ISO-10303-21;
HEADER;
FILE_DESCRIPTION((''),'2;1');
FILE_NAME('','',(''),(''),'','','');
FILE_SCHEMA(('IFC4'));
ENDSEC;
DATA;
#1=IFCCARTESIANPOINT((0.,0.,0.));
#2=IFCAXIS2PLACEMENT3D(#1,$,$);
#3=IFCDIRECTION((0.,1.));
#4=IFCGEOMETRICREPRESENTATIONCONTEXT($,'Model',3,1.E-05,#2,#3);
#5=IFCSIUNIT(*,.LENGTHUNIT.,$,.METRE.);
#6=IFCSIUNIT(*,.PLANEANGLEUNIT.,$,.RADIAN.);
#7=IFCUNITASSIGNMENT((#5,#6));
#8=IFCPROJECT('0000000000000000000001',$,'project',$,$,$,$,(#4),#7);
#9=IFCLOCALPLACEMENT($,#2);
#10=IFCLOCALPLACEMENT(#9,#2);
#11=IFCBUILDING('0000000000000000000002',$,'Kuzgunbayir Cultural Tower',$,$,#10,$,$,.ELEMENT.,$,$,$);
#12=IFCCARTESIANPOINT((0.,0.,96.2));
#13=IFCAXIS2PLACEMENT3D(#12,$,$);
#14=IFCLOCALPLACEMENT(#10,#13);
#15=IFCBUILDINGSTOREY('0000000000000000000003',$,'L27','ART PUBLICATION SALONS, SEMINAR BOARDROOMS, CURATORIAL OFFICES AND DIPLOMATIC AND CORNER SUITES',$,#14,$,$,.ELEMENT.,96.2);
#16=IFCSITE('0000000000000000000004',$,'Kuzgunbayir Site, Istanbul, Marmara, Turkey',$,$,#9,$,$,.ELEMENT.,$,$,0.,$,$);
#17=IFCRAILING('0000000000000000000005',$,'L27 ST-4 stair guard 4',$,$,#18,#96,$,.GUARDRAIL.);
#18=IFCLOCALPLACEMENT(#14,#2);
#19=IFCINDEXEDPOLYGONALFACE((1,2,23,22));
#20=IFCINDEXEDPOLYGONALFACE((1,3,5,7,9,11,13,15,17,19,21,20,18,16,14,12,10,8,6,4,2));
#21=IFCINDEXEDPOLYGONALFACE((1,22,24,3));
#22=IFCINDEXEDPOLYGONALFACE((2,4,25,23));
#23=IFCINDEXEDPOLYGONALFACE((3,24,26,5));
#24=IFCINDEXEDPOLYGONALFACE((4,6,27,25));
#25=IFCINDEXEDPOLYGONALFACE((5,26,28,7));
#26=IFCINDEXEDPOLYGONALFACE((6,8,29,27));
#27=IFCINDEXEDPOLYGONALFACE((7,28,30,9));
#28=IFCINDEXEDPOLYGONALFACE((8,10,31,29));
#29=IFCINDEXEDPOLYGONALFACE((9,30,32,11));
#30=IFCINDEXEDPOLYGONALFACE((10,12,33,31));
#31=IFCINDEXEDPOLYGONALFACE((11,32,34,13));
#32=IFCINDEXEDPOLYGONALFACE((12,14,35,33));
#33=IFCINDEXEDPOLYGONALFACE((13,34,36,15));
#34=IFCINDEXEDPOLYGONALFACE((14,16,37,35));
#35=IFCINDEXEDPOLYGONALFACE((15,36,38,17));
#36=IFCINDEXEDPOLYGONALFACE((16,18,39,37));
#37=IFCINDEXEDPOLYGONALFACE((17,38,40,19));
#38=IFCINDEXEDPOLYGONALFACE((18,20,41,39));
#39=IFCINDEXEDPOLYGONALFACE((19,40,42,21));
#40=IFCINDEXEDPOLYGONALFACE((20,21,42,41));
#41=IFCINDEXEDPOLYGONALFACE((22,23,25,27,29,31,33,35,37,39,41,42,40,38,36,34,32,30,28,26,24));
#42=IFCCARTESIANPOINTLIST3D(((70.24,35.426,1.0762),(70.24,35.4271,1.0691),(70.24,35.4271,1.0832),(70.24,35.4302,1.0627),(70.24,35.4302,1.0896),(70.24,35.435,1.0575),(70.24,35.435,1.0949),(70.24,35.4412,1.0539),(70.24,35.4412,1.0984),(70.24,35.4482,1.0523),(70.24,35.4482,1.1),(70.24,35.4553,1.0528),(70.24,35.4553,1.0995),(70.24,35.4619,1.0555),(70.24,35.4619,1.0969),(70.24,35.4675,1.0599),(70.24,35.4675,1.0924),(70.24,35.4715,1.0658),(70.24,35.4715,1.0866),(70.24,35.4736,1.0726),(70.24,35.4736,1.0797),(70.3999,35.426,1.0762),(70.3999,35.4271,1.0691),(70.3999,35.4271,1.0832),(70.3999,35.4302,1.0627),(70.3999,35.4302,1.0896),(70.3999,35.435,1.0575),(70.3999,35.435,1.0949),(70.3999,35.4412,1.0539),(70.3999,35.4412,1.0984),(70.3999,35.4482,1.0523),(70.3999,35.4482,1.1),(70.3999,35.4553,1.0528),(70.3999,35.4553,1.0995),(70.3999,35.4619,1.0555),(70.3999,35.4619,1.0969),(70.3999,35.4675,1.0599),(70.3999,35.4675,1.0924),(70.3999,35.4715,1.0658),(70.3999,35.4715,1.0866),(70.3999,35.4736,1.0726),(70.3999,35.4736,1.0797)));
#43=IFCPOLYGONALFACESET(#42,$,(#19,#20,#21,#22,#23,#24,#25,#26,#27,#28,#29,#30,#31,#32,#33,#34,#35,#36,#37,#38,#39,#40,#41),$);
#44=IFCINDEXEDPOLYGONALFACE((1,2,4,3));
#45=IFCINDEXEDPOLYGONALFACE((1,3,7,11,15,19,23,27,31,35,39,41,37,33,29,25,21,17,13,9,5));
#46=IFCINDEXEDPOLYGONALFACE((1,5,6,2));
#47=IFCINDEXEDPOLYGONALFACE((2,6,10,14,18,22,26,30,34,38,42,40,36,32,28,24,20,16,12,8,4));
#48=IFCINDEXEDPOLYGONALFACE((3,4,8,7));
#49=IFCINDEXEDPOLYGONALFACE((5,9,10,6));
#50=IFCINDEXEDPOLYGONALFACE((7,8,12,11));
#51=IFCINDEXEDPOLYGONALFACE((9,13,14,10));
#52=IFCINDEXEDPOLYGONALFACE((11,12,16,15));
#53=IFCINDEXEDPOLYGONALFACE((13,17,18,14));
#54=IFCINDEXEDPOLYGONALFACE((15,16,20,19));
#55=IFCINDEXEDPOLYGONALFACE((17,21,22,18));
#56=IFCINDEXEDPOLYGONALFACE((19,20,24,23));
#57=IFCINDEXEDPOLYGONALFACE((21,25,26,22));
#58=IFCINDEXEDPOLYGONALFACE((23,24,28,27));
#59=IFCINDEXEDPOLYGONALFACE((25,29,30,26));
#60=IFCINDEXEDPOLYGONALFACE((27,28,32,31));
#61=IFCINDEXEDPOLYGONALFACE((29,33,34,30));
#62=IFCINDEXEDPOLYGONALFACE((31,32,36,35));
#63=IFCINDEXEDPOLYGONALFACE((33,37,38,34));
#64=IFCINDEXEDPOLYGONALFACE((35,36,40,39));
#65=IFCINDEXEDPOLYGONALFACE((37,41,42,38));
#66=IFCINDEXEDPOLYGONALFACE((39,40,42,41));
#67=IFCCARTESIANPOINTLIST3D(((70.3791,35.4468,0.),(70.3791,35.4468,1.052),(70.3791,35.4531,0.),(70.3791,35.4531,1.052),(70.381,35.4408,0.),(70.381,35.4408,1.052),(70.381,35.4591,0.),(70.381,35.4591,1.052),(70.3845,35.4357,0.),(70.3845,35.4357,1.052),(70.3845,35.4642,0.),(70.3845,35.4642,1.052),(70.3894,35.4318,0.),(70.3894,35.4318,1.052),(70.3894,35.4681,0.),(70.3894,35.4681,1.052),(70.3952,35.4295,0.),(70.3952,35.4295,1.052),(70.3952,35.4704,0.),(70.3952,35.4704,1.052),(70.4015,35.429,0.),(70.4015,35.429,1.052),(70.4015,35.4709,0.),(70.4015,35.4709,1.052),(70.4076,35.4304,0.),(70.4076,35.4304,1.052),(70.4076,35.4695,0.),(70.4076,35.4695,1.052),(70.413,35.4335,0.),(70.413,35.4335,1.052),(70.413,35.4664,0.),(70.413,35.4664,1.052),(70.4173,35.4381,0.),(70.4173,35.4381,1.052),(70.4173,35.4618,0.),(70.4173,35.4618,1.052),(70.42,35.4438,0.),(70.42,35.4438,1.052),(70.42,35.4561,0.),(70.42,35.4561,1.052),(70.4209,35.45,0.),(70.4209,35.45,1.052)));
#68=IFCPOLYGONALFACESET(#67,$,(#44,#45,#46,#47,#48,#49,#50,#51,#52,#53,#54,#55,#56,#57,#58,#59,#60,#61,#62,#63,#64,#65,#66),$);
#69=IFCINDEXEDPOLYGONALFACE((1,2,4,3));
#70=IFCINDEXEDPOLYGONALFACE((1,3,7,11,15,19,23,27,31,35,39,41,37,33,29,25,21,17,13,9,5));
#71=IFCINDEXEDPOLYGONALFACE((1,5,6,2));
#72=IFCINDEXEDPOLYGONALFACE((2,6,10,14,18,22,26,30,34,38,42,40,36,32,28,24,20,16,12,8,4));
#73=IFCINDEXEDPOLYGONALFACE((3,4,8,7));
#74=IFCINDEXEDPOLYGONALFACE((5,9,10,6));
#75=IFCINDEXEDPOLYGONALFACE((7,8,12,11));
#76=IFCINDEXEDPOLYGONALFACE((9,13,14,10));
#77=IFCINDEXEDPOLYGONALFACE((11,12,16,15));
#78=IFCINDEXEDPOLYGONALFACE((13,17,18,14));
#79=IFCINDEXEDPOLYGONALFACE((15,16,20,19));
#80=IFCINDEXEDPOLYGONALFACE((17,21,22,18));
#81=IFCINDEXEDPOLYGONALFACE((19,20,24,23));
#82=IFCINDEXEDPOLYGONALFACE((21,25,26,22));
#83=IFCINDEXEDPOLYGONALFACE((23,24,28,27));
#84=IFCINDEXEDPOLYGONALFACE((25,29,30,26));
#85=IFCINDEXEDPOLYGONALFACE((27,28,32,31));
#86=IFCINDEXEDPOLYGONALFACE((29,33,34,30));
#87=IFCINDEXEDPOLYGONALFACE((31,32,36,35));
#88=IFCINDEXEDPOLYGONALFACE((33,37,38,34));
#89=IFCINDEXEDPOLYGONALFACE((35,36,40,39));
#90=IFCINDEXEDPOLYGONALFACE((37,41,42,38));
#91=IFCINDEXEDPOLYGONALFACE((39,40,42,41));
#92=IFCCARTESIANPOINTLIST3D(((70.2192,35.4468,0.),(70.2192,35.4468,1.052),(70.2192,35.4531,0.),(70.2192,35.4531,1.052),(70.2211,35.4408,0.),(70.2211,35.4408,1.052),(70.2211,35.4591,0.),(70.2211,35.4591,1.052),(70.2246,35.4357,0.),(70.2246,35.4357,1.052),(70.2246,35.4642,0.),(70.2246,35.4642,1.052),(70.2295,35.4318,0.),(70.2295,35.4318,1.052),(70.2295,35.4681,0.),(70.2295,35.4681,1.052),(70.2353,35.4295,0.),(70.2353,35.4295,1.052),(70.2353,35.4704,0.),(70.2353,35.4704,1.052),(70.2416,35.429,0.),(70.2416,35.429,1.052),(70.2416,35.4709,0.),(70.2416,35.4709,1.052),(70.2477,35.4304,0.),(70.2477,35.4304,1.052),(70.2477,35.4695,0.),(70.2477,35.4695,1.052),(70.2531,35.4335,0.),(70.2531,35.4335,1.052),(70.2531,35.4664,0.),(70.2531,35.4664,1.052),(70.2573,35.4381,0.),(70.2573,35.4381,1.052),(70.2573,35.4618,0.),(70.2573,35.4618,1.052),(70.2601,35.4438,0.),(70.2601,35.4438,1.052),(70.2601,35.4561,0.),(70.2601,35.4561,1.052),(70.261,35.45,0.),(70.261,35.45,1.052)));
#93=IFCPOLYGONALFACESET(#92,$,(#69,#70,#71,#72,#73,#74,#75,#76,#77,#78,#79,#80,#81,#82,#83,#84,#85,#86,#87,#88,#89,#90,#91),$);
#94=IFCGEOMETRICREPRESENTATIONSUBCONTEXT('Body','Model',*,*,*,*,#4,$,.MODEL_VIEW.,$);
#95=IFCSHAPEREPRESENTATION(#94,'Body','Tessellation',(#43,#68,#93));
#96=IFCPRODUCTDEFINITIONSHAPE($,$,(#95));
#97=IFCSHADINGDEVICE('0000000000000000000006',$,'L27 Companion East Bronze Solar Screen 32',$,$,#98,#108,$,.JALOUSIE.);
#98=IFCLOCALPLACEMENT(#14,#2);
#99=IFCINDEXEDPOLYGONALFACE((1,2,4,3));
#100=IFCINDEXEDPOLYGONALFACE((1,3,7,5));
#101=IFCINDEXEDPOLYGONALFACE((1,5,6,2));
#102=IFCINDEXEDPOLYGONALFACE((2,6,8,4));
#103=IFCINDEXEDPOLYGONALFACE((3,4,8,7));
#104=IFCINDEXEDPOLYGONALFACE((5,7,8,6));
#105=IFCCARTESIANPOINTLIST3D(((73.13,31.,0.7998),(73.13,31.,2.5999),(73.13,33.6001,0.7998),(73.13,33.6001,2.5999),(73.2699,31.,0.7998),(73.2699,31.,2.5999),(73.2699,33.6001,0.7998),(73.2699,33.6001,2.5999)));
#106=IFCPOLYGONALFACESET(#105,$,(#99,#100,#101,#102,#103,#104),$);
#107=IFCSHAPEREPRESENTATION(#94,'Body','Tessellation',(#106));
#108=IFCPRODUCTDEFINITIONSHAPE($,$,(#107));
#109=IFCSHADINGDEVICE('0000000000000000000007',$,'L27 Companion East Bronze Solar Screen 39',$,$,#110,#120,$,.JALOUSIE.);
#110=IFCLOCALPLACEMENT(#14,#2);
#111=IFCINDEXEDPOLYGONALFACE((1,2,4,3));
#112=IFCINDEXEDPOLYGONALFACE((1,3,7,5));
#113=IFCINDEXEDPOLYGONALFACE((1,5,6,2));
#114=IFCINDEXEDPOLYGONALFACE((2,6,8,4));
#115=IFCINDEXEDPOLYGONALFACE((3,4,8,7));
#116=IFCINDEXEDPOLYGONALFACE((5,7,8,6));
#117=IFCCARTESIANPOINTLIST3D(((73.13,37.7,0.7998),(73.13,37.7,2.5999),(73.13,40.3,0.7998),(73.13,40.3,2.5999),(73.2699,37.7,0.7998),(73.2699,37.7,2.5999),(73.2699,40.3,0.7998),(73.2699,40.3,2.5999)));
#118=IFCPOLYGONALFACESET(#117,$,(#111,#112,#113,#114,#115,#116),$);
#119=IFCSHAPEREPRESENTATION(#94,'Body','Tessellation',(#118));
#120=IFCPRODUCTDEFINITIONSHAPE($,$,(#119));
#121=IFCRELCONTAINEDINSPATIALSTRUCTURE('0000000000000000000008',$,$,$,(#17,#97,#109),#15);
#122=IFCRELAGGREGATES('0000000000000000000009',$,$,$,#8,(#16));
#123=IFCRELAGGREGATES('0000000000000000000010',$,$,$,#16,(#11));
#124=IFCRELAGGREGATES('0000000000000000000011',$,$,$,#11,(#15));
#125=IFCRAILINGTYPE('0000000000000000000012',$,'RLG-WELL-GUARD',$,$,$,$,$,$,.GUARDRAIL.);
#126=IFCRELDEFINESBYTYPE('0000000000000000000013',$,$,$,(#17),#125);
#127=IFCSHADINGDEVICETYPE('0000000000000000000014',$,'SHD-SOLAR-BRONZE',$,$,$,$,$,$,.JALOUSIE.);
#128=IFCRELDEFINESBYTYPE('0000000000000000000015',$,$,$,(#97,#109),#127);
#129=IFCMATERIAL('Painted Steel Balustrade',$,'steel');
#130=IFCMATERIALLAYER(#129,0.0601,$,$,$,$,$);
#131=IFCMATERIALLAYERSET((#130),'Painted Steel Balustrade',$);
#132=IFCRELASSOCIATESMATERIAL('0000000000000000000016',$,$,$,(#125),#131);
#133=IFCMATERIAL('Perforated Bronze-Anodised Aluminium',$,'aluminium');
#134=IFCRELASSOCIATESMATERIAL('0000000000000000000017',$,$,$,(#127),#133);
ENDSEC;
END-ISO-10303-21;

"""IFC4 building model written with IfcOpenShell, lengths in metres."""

from ifc_helpers import new_model, si_unit, direction, frame, origin, origin_2d, place, context, subcontext, project, spatial, rectangle, circle, extrude, material, layer, layer_set, type_object, element, save


model = new_model("IFC4")

# Units and contexts
model_context = context("Model", 3, precision=1e-05, world=origin(), true_north=direction((0.0, 1.0)))
body_context = subcontext(model_context, "Body", "Model", "MODEL_VIEW")
ifc_project = project(units=[si_unit("LENGTHUNIT", "METRE"), si_unit("PLANEANGLEUNIT", "RADIAN")], contexts=[model_context])

# Site, building, storey
site_placement = place(None, origin())
site = spatial("IfcSite", under=ifc_project, at=site_placement, Name="Kuzgunbayir Site, Istanbul, Marmara, Turkey", CompositionType="ELEMENT", RefElevation=0.0)
building_placement = place(site_placement, origin())
building = spatial("IfcBuilding", under=site, at=building_placement, Name="Kuzgunbayir Cultural Tower", CompositionType="ELEMENT")
storey_placement = place(building_placement, frame((0.0, 0.0, 96.2)))
storey = spatial("IfcBuildingStorey", under=building, at=storey_placement, Name="L27", Description="ART PUBLICATION SALONS, SEMINAR BOARDROOMS, CURATORIAL OFFICES AND DIPLOMATIC AND CORNER SUITES", CompositionType="ELEMENT", Elevation=96.2)

# Railing
ifc_material_1 = material(Name="Painted Steel Balustrade", Category="steel")
ifc_layer_1 = layer(ifc_material_1, 0.0601)
ifc_layer_set_1 = layer_set([ifc_layer_1], Name="Painted Steel Balustrade")
railing_type_1 = type_object("IfcRailingType", Name="RLG-WELL-GUARD", PredefinedType="GUARDRAIL", material=ifc_layer_set_1)
railing_1_placement = place(storey_placement, frame((70.3999, 35.45, 0.0)))
element("IfcRailing", 1, at=railing_1_placement, inside=storey, type_object=railing_type_1, Name="L27 ST-4 stair guard 4", PredefinedType="GUARDRAIL", context=body_context, shape_type="SweptSolid", body=[
    extrude(circle(Radius=0.0239, at=origin_2d()), frame((0.0, 0.0, 1.0762), z_axis=(-1.0, 0.0, 0.0), x_axis=(0.0, -1.0, 0.0)), (0.0, 0.0, 1.0), 0.1599),
    extrude(circle(Radius=0.021, at=origin_2d()), origin(), (0.0, 0.0, 1.0), 1.052),
    extrude(circle(Radius=0.021, at=origin_2d()), frame((-0.1599, 0.0, 0.0)), (0.0, 0.0, 1.0), 1.052),
])

# Shading devices
ifc_material_2 = material(Name="Perforated Bronze-Anodised Aluminium", Category="aluminium")
shading_device_type = type_object("IfcShadingDeviceType", Name="SHD-SOLAR-BRONZE", PredefinedType="JALOUSIE", material=ifc_material_2)
for number, where, z_axis, x_axis, name in (
    (2, (73.2, 32.3, 0.7998), (0.0, 0.0, 1.0), (1.0, 0.0, 0.0), "L27 Companion East Bronze Solar Screen 32"),
    (3, (73.2, 39.0, 0.7998), (0.0, 0.0, 1.0), (1.0, 0.0, 0.0), "L27 Companion East Bronze Solar Screen 39"),
):
    element("IfcShadingDevice", number, at=place(storey_placement, frame(where, z_axis=z_axis, x_axis=x_axis)), inside=storey, type_object=shading_device_type, Name=name, PredefinedType="JALOUSIE", context=body_context, shape_type="SweptSolid", body=[
        extrude(rectangle(XDim=0.1399, YDim=2.6001, at=origin_2d()), origin(), (0.0, 0.0, 1.0), 1.8),
    ])

save(model, "model.ifc")
